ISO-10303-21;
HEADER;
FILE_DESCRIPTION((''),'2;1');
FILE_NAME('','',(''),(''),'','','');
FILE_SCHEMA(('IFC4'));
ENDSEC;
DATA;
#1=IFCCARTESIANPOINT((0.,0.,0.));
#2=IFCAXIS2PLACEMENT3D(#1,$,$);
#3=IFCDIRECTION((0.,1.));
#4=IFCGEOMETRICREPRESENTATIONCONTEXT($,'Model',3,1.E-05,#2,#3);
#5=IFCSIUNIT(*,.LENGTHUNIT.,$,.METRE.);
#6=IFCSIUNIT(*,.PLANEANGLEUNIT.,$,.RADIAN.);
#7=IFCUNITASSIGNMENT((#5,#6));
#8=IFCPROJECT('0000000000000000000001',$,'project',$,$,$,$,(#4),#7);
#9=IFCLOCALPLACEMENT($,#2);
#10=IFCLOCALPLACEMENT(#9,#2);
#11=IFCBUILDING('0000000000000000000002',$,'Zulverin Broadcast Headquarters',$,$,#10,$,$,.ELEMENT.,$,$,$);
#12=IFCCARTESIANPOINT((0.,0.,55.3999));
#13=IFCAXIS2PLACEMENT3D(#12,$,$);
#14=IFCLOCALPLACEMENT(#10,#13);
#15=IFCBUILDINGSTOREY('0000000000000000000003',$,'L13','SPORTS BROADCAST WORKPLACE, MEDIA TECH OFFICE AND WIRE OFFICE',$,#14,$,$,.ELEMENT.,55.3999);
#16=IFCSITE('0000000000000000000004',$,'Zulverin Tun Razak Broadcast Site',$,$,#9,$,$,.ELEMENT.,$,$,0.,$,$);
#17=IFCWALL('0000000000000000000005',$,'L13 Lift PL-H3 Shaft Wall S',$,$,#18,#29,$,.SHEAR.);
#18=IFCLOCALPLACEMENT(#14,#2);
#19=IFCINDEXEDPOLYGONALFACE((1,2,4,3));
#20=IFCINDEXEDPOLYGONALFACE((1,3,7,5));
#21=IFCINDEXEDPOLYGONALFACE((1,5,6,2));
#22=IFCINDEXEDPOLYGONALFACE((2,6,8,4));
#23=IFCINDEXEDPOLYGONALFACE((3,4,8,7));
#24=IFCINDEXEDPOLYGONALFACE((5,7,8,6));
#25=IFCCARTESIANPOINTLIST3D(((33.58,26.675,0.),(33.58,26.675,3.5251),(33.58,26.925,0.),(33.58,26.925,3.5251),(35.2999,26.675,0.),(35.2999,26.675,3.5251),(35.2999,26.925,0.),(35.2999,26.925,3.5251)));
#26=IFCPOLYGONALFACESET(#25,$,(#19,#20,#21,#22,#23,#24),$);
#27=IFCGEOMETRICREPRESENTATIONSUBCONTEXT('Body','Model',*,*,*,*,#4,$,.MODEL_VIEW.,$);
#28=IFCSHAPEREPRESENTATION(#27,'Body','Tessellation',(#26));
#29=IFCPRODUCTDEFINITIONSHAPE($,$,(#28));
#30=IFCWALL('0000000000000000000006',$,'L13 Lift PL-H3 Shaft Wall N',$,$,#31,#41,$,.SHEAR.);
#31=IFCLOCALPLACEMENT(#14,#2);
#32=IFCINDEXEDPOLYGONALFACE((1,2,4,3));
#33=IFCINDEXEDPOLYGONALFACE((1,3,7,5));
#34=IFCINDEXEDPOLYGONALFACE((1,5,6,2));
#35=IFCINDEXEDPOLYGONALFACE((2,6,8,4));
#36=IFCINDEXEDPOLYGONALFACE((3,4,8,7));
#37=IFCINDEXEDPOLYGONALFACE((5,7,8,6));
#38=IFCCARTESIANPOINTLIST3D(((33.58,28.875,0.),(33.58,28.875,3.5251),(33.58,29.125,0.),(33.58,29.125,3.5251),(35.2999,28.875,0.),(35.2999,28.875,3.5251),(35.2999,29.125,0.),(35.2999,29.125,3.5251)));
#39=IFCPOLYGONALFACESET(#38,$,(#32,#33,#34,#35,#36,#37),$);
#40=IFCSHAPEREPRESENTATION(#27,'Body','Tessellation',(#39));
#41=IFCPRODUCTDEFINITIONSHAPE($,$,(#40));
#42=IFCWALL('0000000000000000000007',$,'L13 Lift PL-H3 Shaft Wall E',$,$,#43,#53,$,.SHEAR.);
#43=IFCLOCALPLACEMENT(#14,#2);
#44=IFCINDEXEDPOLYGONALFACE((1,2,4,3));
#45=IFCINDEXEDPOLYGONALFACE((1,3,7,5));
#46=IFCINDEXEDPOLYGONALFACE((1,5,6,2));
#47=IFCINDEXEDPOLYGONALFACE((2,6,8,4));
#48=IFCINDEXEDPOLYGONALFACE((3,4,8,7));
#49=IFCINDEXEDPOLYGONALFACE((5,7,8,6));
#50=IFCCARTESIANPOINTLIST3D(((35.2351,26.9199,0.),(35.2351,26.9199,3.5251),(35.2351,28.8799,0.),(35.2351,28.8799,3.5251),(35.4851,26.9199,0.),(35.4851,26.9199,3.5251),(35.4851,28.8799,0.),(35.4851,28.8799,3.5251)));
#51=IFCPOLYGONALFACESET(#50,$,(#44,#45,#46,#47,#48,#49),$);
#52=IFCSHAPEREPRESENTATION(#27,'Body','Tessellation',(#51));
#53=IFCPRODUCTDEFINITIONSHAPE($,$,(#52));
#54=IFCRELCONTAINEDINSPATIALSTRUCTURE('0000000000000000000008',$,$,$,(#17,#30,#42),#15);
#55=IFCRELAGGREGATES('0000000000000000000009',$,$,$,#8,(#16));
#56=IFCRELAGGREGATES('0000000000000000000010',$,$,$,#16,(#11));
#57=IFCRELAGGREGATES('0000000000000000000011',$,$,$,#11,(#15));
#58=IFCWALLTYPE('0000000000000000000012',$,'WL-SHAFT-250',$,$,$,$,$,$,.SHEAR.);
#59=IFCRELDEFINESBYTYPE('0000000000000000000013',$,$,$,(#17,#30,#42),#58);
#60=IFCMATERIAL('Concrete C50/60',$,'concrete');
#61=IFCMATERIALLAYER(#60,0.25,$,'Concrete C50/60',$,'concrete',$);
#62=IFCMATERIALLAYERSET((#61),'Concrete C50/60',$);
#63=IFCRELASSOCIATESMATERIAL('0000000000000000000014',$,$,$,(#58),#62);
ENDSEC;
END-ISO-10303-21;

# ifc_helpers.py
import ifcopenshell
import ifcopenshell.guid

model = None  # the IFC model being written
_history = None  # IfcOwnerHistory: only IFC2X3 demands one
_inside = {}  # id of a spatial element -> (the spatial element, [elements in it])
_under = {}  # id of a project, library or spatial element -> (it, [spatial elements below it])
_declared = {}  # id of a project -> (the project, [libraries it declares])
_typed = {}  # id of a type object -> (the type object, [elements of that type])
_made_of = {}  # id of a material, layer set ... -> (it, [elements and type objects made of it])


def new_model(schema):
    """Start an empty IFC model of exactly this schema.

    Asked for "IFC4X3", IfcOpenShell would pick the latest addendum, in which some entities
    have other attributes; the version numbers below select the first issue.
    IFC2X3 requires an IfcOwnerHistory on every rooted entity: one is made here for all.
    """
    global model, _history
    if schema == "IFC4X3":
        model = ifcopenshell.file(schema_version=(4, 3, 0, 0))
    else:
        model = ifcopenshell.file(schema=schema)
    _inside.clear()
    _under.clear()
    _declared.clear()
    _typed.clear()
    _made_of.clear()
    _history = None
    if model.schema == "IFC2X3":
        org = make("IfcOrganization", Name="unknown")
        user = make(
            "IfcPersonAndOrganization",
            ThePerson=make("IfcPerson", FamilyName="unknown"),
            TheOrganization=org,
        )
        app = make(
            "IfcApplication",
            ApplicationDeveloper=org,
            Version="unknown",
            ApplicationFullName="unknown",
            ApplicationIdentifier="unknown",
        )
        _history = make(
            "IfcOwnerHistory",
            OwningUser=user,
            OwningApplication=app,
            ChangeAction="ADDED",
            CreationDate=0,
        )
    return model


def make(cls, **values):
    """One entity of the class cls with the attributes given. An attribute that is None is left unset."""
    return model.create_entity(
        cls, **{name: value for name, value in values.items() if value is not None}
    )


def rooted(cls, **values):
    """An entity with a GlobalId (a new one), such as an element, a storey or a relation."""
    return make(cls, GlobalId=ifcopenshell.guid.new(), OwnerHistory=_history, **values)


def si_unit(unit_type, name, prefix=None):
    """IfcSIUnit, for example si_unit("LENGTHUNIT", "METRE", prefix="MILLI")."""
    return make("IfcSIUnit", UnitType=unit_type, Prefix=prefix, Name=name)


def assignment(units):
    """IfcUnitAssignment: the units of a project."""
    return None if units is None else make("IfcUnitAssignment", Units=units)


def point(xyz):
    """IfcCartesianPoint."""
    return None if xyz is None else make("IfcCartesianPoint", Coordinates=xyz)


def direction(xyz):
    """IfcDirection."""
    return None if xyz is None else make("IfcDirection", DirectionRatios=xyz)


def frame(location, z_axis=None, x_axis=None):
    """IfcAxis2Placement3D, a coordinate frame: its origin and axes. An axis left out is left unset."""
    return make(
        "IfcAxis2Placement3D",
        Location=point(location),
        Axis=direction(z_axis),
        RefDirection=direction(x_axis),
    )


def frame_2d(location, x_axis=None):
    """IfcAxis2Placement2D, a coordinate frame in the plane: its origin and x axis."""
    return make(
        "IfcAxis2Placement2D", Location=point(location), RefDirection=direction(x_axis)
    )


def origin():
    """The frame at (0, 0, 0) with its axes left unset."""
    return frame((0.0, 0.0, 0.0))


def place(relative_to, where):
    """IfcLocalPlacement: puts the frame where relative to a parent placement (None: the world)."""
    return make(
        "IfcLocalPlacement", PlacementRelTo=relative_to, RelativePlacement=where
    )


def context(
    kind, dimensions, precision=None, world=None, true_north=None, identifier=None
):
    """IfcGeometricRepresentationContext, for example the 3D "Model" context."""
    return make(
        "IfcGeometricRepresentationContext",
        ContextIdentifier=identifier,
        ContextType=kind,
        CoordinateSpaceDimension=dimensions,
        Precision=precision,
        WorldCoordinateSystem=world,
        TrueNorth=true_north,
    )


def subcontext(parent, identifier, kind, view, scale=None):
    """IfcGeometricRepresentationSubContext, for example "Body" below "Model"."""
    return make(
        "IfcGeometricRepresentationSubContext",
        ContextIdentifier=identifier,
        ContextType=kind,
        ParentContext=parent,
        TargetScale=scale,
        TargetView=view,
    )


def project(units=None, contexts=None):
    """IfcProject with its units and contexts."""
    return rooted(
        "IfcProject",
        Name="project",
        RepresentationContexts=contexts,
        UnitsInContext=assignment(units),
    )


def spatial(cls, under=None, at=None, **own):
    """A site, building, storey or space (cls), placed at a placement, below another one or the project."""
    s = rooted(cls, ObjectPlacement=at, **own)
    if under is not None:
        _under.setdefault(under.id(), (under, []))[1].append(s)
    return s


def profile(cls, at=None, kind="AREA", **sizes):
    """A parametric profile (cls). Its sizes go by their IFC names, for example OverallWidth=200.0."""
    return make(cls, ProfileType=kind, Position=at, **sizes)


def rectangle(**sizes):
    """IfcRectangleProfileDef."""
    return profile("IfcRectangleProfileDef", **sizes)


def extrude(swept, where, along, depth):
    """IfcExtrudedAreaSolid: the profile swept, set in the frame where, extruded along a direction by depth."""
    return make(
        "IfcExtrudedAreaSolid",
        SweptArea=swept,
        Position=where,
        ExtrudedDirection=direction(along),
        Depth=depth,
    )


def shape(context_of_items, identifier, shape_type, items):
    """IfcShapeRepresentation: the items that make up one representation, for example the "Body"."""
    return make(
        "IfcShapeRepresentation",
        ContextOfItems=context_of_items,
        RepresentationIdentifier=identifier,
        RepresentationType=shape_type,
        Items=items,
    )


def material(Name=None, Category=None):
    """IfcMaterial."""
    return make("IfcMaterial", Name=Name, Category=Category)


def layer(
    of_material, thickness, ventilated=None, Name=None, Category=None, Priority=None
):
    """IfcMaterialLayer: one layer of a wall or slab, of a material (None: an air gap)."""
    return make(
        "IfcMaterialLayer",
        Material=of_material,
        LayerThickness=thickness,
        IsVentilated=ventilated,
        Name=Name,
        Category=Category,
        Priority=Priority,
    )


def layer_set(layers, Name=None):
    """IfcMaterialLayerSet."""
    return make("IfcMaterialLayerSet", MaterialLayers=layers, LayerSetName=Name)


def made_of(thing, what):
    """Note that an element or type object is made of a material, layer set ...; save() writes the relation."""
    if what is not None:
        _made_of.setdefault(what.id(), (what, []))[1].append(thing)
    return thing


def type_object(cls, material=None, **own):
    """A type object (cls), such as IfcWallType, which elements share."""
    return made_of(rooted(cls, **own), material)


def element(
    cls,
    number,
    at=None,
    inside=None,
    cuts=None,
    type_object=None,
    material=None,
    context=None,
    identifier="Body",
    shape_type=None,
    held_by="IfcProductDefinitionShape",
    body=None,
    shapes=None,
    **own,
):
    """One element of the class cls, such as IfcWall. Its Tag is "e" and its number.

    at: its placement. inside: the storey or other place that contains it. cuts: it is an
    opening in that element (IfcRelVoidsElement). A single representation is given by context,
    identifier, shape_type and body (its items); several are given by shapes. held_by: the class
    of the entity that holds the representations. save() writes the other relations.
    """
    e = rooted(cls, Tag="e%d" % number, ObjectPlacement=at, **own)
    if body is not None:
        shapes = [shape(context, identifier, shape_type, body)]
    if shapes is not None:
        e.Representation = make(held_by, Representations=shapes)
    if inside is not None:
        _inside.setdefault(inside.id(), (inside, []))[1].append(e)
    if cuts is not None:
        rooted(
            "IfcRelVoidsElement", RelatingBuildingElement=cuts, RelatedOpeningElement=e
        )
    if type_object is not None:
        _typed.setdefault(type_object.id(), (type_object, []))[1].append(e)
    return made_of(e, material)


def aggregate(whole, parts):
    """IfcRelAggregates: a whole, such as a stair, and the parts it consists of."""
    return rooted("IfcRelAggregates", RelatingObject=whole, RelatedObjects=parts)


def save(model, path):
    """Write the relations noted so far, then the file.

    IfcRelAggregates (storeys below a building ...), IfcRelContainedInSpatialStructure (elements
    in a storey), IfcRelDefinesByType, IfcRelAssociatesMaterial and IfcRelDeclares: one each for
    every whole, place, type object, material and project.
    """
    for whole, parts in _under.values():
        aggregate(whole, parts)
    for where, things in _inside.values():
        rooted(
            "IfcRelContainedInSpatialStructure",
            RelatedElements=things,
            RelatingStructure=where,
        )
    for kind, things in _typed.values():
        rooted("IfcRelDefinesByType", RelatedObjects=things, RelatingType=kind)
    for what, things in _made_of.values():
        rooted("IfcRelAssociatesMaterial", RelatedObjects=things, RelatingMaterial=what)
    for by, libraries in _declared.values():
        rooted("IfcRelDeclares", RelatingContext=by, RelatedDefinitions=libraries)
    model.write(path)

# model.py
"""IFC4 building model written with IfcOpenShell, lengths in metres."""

from ifc_helpers import new_model, si_unit, direction, frame, frame_2d, origin, place, context, subcontext, project, spatial, rectangle, extrude, material, layer, layer_set, type_object, element, save


model = new_model("IFC4")

# Units and contexts
model_context = context("Model", 3, precision=1e-05, world=origin(), true_north=direction((0.0, 1.0)))
body_context = subcontext(model_context, "Body", "Model", "MODEL_VIEW")
ifc_project = project(units=[si_unit("LENGTHUNIT", "METRE"), si_unit("PLANEANGLEUNIT", "RADIAN")], contexts=[model_context])

# Site, building, storey
site_placement = place(None, origin())
site = spatial("IfcSite", under=ifc_project, at=site_placement, Name="Zulverin Tun Razak Broadcast Site", CompositionType="ELEMENT", RefElevation=0.0)
building_placement = place(site_placement, origin())
building = spatial("IfcBuilding", under=site, at=building_placement, Name="Zulverin Broadcast Headquarters", CompositionType="ELEMENT")
storey_placement = place(building_placement, frame((0.0, 0.0, 55.3999)))
storey = spatial("IfcBuildingStorey", under=building, at=storey_placement, Name="L13", Description="SPORTS BROADCAST WORKPLACE, MEDIA TECH OFFICE AND WIRE OFFICE", CompositionType="ELEMENT", Elevation=55.3999)

# Shared definitions
ifc_material_1 = material(Name="Concrete C50/60", Category="concrete")
ifc_layer_1 = layer(ifc_material_1, 0.25, Name="Concrete C50/60", Category="concrete")
ifc_layer_set_1 = layer_set([ifc_layer_1], Name="Concrete C50/60")
wall_type_1 = type_object("IfcWallType", Name="WL-SHAFT-250", PredefinedType="SHEAR", material=ifc_layer_set_1)

# Walls
for number, where, z_axis, x_axis, name in (
    (1, (33.5801, 26.8, 0.0), (0.0, 0.0, 1.0), (1.0, 0.0, 0.0), "L13 Lift PL-H3 Shaft Wall S"),
    (2, (33.5801, 29.0, 0.0), (0.0, 0.0, 1.0), (1.0, 0.0, 0.0), "L13 Lift PL-H3 Shaft Wall N"),
):
    element("IfcWall", number, at=place(storey_placement, frame(where, z_axis=z_axis, x_axis=x_axis)), inside=storey, type_object=wall_type_1, Name=name, PredefinedType="SHEAR", context=body_context, shape_type="SweptSolid", body=[
        extrude(rectangle(XDim=1.72, YDim=0.25, at=frame_2d((0.8599, 0.0))), origin(), (0.0, 0.0, 1.0), 3.5251),
    ])
wall_1_placement = place(storey_placement, frame((35.3601, 26.9199, 0.0), z_axis=(0.0, 0.0, 1.0), x_axis=(0.0, 1.0, 0.0)))
element("IfcWall", 3, at=wall_1_placement, inside=storey, type_object=wall_type_1, Name="L13 Lift PL-H3 Shaft Wall E", PredefinedType="SHEAR", context=body_context, shape_type="SweptSolid", body=[
    extrude(rectangle(XDim=1.96, YDim=0.25, at=frame_2d((0.98, 0.0))), origin(), (0.0, 0.0, 1.0), 3.5251),
])

save(model, "model.ifc")
